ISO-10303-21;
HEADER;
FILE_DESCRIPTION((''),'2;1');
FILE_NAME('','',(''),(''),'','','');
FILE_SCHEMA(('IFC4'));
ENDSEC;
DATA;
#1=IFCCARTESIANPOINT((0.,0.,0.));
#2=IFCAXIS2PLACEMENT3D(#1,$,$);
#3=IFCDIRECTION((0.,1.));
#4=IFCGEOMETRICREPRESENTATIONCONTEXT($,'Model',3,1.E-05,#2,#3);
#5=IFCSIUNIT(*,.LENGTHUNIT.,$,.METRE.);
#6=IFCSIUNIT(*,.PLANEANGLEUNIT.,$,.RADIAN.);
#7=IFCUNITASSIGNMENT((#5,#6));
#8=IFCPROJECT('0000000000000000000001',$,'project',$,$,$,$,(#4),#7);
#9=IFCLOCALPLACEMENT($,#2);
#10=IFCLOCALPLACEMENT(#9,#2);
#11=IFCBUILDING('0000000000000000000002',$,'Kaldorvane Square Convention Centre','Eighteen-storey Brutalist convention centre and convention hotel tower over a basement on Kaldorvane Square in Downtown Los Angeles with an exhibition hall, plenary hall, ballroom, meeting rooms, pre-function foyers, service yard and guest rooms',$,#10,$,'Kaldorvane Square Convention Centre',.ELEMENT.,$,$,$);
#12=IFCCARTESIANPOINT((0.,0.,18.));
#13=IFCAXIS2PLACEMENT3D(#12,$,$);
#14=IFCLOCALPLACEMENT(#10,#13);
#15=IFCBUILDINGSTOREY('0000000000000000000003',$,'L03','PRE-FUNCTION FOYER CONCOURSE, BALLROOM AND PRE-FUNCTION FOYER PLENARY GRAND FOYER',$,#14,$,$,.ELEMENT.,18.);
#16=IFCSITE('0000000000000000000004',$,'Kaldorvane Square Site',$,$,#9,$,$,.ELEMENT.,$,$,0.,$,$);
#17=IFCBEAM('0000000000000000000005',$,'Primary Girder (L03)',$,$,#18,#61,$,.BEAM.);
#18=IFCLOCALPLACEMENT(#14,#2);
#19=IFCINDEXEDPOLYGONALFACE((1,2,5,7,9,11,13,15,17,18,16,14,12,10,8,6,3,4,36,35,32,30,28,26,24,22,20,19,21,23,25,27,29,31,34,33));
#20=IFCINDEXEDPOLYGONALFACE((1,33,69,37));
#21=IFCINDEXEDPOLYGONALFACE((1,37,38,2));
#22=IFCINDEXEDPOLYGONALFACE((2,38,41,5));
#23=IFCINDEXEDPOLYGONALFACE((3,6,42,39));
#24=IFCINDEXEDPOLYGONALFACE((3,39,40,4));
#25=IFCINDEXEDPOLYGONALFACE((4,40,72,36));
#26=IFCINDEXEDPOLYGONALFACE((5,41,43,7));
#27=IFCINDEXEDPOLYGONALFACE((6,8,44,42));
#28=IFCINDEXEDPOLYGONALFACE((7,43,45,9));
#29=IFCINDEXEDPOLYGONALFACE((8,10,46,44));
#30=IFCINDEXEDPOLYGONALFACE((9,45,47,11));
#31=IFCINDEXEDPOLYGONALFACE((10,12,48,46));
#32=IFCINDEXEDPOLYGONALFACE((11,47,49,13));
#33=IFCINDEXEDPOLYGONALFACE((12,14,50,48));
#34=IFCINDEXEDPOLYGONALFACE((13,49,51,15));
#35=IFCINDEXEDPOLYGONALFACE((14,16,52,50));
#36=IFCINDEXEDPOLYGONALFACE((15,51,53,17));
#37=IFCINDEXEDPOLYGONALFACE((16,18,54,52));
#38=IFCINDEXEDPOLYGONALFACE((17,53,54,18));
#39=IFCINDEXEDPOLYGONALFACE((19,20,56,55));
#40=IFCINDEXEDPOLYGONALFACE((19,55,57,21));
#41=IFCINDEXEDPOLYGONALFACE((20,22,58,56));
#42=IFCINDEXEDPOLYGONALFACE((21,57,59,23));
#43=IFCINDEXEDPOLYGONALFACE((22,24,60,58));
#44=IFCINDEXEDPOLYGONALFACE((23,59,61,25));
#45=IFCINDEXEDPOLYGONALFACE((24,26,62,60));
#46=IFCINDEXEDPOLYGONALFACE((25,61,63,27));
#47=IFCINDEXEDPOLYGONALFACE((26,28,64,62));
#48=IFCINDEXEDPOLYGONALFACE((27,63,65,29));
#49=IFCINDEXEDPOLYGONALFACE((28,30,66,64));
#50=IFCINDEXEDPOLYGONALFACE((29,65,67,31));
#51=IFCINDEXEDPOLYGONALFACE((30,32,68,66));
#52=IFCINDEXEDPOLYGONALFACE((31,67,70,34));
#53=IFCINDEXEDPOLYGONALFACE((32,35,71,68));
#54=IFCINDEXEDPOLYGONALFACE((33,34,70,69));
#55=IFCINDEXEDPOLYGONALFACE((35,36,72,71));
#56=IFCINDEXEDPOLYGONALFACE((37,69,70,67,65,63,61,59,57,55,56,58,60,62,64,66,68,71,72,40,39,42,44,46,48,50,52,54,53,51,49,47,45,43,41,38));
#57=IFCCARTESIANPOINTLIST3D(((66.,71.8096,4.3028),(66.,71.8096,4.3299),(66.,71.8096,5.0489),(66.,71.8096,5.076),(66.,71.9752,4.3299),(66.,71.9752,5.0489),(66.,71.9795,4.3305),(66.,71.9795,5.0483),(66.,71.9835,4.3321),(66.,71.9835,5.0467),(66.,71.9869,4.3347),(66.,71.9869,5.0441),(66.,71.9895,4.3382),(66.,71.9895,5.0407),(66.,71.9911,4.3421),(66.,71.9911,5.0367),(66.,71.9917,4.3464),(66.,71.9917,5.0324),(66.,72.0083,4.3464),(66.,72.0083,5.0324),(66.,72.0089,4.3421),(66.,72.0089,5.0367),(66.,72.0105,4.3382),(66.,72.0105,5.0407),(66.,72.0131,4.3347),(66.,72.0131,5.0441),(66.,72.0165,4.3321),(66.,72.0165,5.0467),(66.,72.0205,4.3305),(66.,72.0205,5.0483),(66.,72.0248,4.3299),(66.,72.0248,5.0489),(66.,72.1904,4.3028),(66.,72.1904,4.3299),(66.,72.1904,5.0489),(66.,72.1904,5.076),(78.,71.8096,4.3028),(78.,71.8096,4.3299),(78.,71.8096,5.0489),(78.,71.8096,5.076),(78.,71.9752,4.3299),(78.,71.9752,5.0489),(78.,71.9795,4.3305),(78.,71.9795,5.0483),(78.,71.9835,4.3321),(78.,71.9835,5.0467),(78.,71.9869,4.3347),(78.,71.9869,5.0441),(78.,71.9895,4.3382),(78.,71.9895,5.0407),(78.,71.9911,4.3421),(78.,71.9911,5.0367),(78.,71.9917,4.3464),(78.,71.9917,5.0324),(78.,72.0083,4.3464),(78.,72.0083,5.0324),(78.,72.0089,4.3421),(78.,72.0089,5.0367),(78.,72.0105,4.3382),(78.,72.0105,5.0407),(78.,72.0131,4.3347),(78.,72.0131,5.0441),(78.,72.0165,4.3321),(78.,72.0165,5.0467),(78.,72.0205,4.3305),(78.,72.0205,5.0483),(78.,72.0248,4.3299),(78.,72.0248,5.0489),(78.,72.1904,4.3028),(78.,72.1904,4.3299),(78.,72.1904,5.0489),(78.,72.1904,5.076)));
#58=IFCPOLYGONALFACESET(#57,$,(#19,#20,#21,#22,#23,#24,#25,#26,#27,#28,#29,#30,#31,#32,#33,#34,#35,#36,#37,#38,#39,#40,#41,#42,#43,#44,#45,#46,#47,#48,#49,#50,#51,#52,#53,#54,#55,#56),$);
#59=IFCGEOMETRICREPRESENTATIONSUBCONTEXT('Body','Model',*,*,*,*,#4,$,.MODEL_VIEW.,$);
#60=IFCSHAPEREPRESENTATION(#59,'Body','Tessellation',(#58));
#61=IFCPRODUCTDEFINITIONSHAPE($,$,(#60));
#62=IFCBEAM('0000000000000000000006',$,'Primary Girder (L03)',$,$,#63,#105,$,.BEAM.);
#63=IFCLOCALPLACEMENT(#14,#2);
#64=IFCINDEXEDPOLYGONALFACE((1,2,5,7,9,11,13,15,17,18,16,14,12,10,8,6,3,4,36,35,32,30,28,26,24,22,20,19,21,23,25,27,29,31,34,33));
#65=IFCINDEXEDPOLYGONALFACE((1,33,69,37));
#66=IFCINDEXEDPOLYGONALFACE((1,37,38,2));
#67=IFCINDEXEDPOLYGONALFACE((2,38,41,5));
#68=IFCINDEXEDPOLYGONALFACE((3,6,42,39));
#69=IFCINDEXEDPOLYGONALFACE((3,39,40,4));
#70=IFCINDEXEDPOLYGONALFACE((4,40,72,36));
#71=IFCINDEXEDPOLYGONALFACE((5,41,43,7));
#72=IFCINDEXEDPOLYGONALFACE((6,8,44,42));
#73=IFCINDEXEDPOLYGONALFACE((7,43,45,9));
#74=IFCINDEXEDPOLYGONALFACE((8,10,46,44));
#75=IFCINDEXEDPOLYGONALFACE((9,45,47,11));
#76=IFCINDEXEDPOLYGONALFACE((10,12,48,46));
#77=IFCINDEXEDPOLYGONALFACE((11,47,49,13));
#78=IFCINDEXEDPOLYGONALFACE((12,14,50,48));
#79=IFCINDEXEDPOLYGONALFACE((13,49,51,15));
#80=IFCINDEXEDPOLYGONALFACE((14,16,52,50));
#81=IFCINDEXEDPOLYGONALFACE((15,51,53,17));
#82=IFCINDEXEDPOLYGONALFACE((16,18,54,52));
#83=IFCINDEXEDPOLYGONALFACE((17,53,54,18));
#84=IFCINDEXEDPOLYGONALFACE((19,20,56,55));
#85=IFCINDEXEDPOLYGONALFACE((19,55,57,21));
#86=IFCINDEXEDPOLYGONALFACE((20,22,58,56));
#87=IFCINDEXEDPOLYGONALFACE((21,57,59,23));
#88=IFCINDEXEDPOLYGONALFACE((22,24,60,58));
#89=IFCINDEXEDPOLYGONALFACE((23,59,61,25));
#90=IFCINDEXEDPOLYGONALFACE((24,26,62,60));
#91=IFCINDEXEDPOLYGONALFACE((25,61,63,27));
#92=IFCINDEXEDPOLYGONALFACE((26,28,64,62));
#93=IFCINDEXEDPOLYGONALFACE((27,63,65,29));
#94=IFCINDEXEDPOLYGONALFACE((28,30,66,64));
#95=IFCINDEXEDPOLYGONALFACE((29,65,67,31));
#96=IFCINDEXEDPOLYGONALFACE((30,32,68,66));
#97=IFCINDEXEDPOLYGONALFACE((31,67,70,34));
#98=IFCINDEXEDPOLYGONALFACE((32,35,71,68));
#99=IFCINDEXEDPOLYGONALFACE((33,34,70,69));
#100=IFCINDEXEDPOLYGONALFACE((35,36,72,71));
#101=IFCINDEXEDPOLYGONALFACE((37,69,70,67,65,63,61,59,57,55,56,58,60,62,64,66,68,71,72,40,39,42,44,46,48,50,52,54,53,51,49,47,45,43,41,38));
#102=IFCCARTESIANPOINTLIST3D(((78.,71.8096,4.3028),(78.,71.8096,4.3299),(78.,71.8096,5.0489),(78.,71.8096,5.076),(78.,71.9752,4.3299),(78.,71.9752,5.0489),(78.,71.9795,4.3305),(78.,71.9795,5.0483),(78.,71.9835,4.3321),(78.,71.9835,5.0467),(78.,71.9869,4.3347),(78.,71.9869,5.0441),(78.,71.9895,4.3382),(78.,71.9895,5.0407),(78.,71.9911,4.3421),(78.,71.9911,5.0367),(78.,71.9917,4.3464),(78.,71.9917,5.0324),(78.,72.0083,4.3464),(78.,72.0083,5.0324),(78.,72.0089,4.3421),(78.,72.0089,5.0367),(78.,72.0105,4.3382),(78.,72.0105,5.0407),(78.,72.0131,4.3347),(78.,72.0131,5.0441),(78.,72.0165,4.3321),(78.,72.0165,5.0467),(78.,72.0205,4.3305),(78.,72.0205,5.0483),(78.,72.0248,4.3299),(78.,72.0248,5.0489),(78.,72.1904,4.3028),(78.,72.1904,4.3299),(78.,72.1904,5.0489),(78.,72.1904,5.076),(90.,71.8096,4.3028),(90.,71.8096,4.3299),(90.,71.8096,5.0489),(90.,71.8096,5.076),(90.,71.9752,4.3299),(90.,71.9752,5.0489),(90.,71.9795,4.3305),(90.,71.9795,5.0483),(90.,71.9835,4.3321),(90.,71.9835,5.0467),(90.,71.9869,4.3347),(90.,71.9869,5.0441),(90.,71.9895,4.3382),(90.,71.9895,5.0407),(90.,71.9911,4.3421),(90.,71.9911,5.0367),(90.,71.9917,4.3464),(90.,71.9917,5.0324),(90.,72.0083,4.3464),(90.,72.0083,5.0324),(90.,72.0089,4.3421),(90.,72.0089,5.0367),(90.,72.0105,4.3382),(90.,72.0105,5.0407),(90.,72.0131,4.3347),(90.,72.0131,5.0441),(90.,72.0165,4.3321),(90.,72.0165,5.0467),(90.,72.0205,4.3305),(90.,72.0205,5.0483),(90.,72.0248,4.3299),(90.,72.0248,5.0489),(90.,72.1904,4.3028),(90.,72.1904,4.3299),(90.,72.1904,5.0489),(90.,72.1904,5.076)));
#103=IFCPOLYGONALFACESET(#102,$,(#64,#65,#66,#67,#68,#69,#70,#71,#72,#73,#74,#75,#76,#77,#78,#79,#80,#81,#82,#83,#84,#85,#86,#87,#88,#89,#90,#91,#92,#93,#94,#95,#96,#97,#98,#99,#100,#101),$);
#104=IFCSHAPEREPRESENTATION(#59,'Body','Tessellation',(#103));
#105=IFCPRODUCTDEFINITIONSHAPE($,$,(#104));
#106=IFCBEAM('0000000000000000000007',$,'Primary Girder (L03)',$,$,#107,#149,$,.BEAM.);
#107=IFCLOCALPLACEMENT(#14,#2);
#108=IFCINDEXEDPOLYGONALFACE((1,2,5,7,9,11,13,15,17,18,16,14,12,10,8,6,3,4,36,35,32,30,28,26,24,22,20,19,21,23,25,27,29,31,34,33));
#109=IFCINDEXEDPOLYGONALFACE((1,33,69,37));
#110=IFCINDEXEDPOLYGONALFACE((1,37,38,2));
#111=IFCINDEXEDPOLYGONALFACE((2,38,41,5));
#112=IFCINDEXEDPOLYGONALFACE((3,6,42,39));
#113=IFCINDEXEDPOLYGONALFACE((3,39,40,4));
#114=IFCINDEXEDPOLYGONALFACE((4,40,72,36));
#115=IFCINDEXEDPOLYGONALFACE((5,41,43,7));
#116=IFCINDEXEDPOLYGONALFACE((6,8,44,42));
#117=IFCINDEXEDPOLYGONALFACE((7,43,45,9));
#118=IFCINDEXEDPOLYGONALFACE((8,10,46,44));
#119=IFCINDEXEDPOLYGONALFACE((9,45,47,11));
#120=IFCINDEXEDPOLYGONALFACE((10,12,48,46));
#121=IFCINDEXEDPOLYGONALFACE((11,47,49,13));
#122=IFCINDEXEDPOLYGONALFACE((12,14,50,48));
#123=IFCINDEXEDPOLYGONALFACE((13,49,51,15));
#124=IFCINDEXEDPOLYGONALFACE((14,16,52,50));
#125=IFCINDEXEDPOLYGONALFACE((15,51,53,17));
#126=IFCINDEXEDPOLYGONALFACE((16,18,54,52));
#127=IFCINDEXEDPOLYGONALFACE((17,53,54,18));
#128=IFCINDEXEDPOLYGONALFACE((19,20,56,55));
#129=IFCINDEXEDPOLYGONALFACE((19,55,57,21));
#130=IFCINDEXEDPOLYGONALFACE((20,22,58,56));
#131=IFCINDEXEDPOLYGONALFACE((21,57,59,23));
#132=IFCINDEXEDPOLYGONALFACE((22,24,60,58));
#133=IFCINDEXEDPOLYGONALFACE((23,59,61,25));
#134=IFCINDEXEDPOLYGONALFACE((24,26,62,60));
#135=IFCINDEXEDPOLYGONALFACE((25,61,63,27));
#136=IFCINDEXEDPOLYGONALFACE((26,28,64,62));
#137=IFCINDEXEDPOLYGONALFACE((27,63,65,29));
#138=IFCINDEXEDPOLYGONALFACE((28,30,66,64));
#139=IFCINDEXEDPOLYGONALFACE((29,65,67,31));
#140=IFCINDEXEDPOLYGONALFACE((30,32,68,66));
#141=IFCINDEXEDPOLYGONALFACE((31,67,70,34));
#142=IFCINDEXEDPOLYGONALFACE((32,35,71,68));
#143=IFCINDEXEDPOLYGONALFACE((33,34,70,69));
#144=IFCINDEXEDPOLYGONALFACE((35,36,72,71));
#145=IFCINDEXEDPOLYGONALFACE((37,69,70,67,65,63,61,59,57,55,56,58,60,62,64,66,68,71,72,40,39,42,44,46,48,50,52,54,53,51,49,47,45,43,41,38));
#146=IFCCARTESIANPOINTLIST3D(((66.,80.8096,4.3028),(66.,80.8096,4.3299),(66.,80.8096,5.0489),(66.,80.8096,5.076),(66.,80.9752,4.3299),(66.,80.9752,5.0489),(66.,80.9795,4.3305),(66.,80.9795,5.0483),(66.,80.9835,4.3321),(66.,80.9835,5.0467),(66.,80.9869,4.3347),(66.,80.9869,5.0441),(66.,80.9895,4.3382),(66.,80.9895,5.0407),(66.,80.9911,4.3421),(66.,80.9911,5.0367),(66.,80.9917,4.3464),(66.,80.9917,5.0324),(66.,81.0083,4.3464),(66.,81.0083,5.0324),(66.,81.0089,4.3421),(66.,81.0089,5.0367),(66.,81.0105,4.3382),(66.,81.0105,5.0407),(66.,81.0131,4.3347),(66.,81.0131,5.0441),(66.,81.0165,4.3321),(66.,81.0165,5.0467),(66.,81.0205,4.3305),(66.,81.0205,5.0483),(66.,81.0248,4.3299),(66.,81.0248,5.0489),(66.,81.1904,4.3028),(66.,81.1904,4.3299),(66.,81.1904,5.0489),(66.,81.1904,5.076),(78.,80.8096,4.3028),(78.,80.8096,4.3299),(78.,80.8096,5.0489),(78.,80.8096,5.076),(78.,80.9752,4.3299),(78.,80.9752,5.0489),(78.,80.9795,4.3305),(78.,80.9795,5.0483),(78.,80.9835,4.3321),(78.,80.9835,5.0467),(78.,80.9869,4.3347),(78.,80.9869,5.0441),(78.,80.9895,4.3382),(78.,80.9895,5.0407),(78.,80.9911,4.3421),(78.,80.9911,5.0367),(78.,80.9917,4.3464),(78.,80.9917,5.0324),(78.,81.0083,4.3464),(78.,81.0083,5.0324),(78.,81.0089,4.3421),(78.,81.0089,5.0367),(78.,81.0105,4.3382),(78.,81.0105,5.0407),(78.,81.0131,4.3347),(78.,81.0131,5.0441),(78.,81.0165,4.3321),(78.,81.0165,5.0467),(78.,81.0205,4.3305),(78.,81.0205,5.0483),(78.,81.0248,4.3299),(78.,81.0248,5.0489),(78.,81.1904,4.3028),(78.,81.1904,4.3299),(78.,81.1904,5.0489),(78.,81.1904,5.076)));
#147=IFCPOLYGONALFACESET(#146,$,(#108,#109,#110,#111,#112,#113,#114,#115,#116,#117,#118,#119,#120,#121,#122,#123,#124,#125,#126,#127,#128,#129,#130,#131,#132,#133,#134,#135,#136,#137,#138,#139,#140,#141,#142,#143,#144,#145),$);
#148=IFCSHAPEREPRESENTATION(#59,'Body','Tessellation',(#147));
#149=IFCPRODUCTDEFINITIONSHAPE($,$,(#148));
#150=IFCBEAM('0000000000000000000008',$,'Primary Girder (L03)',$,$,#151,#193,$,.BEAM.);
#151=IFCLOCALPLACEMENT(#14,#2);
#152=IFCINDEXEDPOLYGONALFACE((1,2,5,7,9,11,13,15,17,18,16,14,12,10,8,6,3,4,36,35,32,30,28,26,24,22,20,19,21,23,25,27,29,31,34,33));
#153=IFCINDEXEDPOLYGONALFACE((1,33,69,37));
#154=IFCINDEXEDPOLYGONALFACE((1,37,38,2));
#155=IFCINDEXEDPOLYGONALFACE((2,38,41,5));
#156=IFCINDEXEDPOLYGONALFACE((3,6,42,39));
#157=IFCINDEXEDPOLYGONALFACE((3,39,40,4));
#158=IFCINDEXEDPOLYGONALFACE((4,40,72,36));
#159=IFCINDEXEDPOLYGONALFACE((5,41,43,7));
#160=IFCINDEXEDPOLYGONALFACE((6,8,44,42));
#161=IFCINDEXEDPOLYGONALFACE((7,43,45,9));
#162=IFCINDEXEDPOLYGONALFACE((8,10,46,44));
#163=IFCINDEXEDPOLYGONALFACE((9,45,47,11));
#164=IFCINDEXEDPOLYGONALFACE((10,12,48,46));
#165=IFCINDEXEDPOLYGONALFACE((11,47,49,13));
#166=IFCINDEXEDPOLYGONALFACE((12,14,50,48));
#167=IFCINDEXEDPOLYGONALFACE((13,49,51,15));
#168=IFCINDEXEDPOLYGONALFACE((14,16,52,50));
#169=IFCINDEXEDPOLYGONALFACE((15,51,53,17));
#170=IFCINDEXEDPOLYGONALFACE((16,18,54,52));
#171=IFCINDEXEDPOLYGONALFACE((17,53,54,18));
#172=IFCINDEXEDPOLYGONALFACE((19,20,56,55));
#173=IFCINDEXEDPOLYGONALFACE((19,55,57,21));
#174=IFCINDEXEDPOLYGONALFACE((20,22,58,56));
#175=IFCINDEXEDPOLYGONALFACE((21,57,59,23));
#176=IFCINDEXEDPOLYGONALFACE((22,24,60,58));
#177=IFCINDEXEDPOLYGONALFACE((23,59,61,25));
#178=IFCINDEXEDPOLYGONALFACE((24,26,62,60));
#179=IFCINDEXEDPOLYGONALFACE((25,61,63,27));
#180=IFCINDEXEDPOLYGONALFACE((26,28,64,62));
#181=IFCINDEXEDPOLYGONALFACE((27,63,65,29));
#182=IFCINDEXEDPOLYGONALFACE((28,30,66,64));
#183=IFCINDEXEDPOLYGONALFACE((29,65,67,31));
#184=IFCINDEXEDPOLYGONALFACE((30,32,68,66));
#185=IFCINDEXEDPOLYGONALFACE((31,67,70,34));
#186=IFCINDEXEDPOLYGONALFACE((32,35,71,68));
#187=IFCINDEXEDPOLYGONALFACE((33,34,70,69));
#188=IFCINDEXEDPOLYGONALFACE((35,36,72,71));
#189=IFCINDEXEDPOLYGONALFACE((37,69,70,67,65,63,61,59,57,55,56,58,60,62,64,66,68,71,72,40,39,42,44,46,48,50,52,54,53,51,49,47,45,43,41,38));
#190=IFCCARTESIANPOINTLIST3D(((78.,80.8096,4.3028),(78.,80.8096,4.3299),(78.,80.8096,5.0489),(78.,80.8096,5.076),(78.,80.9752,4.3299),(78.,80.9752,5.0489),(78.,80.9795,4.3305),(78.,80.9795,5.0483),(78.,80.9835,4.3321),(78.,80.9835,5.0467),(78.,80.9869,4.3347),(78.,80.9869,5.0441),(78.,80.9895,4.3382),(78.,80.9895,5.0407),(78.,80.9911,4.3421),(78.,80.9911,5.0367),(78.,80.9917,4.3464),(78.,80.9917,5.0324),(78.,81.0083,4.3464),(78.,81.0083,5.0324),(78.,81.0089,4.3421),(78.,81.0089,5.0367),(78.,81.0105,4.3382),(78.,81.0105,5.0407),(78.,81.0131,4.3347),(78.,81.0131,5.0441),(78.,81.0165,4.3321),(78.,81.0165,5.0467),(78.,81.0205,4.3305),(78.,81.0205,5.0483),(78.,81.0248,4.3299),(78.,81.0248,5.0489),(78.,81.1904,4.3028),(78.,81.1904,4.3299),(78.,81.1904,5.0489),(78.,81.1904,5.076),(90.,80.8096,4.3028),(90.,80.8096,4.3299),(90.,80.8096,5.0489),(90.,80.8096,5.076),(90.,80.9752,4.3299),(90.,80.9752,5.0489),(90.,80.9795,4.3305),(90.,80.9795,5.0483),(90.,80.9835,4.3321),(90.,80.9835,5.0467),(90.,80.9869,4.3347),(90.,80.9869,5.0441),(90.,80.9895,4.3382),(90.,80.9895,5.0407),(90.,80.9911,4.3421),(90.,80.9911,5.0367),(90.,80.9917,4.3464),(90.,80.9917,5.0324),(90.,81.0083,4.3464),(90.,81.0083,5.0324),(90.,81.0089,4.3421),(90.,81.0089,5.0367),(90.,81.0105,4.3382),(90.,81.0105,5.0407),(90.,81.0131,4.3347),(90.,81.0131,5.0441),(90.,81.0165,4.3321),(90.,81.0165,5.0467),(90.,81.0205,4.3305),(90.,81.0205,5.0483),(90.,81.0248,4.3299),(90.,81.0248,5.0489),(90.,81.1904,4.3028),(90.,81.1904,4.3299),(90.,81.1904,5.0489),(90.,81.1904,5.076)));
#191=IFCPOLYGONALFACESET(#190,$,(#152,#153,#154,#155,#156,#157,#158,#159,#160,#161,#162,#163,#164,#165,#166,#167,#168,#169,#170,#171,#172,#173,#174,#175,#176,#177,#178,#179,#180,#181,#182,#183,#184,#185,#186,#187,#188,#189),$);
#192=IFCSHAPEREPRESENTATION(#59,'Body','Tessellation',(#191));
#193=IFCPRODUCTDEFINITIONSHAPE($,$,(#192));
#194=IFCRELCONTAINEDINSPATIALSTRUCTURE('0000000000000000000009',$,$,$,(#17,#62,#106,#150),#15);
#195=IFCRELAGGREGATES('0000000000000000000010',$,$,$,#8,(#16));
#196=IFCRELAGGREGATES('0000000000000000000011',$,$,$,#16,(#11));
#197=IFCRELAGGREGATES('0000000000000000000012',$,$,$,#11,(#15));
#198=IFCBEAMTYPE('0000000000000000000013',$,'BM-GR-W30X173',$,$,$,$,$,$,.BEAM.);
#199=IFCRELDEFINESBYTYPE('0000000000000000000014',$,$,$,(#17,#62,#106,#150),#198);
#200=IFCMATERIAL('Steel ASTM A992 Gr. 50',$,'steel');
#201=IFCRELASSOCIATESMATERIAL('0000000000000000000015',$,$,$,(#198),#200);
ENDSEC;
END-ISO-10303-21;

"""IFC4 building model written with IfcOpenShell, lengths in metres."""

from ifc_helpers import new_model, si_unit, direction, frame, origin, origin_2d, place, context, subcontext, project, spatial, i_section, extrude, material, material_profile, profile_set, type_object, element, save


model = new_model("IFC4")

# Units and contexts
model_context = context("Model", 3, precision=1e-05, world=origin(), true_north=direction((0.0, 1.0)))
body_context = subcontext(model_context, "Body", "Model", "MODEL_VIEW")
ifc_project = project(units=[si_unit("LENGTHUNIT", "METRE"), si_unit("PLANEANGLEUNIT", "RADIAN")], contexts=[model_context])

# Site, building, storey
site_placement = place(None, origin())
site = spatial("IfcSite", under=ifc_project, at=site_placement, Name="Kaldorvane Square Site", CompositionType="ELEMENT", RefElevation=0.0)
building_placement = place(site_placement, origin())
building = spatial("IfcBuilding", under=site, at=building_placement, Name="Kaldorvane Square Convention Centre", Description="Eighteen-storey Brutalist convention centre and convention hotel tower over a basement on Kaldorvane Square in Downtown Los Angeles with an exhibition hall, plenary hall, ballroom, meeting rooms, pre-function foyers, service yard and guest rooms", LongName="Kaldorvane Square Convention Centre", CompositionType="ELEMENT")
storey_placement = place(building_placement, frame((0.0, 0.0, 18.0)))
storey = spatial("IfcBuildingStorey", under=building, at=storey_placement, Name="L03", Description="PRE-FUNCTION FOYER CONCOURSE, BALLROOM AND PRE-FUNCTION FOYER PLENARY GRAND FOYER", CompositionType="ELEMENT", Elevation=18.0)

# Shared definitions
ifc_material_1 = material(Name="Steel ASTM A992 Gr. 50", Category="steel")

# Beams
ifc_material_profile_1 = material_profile(ifc_material_1, i_section(OverallWidth=0.3807, OverallDepth=0.7732, WebThickness=0.0166, FlangeThickness=0.0271, FilletRadius=0.0165, at=origin_2d()), Name="W30X173")
ifc_profile_set_1 = profile_set([ifc_material_profile_1], Name="Steel ASTM A992 Gr. 50")
beam_type_1 = type_object("IfcBeamType", Name="BM-GR-W30X173", PredefinedType="BEAM", material=ifc_profile_set_1)
for number, where, z_axis, x_axis, name in (
    (1, (66.0, 72.0, 4.6894), (1.0, 0.0, 0.0), (0.0, 1.0, 0.0), "Primary Girder (L03)"),
    (2, (78.0, 72.0, 4.6894), (1.0, 0.0, 0.0), (0.0, 1.0, 0.0), "Primary Girder (L03)"),
    (3, (66.0, 81.0, 4.6894), (1.0, 0.0, 0.0), (0.0, 1.0, 0.0), "Primary Girder (L03)"),
    (4, (78.0, 81.0, 4.6894), (1.0, 0.0, 0.0), (0.0, 1.0, 0.0), "Primary Girder (L03)"),
):
    element("IfcBeam", number, at=place(storey_placement, frame(where, z_axis=z_axis, x_axis=x_axis)), inside=storey, type_object=beam_type_1, Name=name, PredefinedType="BEAM", context=body_context, shape_type="SweptSolid", body=[
        extrude(i_section(OverallWidth=0.3807, OverallDepth=0.7732, WebThickness=0.0166, FlangeThickness=0.0271, FilletRadius=0.0165, at=origin_2d()), origin(), (0.0, 0.0, 1.0), 12.0),
    ])

save(model, "model.ifc")
